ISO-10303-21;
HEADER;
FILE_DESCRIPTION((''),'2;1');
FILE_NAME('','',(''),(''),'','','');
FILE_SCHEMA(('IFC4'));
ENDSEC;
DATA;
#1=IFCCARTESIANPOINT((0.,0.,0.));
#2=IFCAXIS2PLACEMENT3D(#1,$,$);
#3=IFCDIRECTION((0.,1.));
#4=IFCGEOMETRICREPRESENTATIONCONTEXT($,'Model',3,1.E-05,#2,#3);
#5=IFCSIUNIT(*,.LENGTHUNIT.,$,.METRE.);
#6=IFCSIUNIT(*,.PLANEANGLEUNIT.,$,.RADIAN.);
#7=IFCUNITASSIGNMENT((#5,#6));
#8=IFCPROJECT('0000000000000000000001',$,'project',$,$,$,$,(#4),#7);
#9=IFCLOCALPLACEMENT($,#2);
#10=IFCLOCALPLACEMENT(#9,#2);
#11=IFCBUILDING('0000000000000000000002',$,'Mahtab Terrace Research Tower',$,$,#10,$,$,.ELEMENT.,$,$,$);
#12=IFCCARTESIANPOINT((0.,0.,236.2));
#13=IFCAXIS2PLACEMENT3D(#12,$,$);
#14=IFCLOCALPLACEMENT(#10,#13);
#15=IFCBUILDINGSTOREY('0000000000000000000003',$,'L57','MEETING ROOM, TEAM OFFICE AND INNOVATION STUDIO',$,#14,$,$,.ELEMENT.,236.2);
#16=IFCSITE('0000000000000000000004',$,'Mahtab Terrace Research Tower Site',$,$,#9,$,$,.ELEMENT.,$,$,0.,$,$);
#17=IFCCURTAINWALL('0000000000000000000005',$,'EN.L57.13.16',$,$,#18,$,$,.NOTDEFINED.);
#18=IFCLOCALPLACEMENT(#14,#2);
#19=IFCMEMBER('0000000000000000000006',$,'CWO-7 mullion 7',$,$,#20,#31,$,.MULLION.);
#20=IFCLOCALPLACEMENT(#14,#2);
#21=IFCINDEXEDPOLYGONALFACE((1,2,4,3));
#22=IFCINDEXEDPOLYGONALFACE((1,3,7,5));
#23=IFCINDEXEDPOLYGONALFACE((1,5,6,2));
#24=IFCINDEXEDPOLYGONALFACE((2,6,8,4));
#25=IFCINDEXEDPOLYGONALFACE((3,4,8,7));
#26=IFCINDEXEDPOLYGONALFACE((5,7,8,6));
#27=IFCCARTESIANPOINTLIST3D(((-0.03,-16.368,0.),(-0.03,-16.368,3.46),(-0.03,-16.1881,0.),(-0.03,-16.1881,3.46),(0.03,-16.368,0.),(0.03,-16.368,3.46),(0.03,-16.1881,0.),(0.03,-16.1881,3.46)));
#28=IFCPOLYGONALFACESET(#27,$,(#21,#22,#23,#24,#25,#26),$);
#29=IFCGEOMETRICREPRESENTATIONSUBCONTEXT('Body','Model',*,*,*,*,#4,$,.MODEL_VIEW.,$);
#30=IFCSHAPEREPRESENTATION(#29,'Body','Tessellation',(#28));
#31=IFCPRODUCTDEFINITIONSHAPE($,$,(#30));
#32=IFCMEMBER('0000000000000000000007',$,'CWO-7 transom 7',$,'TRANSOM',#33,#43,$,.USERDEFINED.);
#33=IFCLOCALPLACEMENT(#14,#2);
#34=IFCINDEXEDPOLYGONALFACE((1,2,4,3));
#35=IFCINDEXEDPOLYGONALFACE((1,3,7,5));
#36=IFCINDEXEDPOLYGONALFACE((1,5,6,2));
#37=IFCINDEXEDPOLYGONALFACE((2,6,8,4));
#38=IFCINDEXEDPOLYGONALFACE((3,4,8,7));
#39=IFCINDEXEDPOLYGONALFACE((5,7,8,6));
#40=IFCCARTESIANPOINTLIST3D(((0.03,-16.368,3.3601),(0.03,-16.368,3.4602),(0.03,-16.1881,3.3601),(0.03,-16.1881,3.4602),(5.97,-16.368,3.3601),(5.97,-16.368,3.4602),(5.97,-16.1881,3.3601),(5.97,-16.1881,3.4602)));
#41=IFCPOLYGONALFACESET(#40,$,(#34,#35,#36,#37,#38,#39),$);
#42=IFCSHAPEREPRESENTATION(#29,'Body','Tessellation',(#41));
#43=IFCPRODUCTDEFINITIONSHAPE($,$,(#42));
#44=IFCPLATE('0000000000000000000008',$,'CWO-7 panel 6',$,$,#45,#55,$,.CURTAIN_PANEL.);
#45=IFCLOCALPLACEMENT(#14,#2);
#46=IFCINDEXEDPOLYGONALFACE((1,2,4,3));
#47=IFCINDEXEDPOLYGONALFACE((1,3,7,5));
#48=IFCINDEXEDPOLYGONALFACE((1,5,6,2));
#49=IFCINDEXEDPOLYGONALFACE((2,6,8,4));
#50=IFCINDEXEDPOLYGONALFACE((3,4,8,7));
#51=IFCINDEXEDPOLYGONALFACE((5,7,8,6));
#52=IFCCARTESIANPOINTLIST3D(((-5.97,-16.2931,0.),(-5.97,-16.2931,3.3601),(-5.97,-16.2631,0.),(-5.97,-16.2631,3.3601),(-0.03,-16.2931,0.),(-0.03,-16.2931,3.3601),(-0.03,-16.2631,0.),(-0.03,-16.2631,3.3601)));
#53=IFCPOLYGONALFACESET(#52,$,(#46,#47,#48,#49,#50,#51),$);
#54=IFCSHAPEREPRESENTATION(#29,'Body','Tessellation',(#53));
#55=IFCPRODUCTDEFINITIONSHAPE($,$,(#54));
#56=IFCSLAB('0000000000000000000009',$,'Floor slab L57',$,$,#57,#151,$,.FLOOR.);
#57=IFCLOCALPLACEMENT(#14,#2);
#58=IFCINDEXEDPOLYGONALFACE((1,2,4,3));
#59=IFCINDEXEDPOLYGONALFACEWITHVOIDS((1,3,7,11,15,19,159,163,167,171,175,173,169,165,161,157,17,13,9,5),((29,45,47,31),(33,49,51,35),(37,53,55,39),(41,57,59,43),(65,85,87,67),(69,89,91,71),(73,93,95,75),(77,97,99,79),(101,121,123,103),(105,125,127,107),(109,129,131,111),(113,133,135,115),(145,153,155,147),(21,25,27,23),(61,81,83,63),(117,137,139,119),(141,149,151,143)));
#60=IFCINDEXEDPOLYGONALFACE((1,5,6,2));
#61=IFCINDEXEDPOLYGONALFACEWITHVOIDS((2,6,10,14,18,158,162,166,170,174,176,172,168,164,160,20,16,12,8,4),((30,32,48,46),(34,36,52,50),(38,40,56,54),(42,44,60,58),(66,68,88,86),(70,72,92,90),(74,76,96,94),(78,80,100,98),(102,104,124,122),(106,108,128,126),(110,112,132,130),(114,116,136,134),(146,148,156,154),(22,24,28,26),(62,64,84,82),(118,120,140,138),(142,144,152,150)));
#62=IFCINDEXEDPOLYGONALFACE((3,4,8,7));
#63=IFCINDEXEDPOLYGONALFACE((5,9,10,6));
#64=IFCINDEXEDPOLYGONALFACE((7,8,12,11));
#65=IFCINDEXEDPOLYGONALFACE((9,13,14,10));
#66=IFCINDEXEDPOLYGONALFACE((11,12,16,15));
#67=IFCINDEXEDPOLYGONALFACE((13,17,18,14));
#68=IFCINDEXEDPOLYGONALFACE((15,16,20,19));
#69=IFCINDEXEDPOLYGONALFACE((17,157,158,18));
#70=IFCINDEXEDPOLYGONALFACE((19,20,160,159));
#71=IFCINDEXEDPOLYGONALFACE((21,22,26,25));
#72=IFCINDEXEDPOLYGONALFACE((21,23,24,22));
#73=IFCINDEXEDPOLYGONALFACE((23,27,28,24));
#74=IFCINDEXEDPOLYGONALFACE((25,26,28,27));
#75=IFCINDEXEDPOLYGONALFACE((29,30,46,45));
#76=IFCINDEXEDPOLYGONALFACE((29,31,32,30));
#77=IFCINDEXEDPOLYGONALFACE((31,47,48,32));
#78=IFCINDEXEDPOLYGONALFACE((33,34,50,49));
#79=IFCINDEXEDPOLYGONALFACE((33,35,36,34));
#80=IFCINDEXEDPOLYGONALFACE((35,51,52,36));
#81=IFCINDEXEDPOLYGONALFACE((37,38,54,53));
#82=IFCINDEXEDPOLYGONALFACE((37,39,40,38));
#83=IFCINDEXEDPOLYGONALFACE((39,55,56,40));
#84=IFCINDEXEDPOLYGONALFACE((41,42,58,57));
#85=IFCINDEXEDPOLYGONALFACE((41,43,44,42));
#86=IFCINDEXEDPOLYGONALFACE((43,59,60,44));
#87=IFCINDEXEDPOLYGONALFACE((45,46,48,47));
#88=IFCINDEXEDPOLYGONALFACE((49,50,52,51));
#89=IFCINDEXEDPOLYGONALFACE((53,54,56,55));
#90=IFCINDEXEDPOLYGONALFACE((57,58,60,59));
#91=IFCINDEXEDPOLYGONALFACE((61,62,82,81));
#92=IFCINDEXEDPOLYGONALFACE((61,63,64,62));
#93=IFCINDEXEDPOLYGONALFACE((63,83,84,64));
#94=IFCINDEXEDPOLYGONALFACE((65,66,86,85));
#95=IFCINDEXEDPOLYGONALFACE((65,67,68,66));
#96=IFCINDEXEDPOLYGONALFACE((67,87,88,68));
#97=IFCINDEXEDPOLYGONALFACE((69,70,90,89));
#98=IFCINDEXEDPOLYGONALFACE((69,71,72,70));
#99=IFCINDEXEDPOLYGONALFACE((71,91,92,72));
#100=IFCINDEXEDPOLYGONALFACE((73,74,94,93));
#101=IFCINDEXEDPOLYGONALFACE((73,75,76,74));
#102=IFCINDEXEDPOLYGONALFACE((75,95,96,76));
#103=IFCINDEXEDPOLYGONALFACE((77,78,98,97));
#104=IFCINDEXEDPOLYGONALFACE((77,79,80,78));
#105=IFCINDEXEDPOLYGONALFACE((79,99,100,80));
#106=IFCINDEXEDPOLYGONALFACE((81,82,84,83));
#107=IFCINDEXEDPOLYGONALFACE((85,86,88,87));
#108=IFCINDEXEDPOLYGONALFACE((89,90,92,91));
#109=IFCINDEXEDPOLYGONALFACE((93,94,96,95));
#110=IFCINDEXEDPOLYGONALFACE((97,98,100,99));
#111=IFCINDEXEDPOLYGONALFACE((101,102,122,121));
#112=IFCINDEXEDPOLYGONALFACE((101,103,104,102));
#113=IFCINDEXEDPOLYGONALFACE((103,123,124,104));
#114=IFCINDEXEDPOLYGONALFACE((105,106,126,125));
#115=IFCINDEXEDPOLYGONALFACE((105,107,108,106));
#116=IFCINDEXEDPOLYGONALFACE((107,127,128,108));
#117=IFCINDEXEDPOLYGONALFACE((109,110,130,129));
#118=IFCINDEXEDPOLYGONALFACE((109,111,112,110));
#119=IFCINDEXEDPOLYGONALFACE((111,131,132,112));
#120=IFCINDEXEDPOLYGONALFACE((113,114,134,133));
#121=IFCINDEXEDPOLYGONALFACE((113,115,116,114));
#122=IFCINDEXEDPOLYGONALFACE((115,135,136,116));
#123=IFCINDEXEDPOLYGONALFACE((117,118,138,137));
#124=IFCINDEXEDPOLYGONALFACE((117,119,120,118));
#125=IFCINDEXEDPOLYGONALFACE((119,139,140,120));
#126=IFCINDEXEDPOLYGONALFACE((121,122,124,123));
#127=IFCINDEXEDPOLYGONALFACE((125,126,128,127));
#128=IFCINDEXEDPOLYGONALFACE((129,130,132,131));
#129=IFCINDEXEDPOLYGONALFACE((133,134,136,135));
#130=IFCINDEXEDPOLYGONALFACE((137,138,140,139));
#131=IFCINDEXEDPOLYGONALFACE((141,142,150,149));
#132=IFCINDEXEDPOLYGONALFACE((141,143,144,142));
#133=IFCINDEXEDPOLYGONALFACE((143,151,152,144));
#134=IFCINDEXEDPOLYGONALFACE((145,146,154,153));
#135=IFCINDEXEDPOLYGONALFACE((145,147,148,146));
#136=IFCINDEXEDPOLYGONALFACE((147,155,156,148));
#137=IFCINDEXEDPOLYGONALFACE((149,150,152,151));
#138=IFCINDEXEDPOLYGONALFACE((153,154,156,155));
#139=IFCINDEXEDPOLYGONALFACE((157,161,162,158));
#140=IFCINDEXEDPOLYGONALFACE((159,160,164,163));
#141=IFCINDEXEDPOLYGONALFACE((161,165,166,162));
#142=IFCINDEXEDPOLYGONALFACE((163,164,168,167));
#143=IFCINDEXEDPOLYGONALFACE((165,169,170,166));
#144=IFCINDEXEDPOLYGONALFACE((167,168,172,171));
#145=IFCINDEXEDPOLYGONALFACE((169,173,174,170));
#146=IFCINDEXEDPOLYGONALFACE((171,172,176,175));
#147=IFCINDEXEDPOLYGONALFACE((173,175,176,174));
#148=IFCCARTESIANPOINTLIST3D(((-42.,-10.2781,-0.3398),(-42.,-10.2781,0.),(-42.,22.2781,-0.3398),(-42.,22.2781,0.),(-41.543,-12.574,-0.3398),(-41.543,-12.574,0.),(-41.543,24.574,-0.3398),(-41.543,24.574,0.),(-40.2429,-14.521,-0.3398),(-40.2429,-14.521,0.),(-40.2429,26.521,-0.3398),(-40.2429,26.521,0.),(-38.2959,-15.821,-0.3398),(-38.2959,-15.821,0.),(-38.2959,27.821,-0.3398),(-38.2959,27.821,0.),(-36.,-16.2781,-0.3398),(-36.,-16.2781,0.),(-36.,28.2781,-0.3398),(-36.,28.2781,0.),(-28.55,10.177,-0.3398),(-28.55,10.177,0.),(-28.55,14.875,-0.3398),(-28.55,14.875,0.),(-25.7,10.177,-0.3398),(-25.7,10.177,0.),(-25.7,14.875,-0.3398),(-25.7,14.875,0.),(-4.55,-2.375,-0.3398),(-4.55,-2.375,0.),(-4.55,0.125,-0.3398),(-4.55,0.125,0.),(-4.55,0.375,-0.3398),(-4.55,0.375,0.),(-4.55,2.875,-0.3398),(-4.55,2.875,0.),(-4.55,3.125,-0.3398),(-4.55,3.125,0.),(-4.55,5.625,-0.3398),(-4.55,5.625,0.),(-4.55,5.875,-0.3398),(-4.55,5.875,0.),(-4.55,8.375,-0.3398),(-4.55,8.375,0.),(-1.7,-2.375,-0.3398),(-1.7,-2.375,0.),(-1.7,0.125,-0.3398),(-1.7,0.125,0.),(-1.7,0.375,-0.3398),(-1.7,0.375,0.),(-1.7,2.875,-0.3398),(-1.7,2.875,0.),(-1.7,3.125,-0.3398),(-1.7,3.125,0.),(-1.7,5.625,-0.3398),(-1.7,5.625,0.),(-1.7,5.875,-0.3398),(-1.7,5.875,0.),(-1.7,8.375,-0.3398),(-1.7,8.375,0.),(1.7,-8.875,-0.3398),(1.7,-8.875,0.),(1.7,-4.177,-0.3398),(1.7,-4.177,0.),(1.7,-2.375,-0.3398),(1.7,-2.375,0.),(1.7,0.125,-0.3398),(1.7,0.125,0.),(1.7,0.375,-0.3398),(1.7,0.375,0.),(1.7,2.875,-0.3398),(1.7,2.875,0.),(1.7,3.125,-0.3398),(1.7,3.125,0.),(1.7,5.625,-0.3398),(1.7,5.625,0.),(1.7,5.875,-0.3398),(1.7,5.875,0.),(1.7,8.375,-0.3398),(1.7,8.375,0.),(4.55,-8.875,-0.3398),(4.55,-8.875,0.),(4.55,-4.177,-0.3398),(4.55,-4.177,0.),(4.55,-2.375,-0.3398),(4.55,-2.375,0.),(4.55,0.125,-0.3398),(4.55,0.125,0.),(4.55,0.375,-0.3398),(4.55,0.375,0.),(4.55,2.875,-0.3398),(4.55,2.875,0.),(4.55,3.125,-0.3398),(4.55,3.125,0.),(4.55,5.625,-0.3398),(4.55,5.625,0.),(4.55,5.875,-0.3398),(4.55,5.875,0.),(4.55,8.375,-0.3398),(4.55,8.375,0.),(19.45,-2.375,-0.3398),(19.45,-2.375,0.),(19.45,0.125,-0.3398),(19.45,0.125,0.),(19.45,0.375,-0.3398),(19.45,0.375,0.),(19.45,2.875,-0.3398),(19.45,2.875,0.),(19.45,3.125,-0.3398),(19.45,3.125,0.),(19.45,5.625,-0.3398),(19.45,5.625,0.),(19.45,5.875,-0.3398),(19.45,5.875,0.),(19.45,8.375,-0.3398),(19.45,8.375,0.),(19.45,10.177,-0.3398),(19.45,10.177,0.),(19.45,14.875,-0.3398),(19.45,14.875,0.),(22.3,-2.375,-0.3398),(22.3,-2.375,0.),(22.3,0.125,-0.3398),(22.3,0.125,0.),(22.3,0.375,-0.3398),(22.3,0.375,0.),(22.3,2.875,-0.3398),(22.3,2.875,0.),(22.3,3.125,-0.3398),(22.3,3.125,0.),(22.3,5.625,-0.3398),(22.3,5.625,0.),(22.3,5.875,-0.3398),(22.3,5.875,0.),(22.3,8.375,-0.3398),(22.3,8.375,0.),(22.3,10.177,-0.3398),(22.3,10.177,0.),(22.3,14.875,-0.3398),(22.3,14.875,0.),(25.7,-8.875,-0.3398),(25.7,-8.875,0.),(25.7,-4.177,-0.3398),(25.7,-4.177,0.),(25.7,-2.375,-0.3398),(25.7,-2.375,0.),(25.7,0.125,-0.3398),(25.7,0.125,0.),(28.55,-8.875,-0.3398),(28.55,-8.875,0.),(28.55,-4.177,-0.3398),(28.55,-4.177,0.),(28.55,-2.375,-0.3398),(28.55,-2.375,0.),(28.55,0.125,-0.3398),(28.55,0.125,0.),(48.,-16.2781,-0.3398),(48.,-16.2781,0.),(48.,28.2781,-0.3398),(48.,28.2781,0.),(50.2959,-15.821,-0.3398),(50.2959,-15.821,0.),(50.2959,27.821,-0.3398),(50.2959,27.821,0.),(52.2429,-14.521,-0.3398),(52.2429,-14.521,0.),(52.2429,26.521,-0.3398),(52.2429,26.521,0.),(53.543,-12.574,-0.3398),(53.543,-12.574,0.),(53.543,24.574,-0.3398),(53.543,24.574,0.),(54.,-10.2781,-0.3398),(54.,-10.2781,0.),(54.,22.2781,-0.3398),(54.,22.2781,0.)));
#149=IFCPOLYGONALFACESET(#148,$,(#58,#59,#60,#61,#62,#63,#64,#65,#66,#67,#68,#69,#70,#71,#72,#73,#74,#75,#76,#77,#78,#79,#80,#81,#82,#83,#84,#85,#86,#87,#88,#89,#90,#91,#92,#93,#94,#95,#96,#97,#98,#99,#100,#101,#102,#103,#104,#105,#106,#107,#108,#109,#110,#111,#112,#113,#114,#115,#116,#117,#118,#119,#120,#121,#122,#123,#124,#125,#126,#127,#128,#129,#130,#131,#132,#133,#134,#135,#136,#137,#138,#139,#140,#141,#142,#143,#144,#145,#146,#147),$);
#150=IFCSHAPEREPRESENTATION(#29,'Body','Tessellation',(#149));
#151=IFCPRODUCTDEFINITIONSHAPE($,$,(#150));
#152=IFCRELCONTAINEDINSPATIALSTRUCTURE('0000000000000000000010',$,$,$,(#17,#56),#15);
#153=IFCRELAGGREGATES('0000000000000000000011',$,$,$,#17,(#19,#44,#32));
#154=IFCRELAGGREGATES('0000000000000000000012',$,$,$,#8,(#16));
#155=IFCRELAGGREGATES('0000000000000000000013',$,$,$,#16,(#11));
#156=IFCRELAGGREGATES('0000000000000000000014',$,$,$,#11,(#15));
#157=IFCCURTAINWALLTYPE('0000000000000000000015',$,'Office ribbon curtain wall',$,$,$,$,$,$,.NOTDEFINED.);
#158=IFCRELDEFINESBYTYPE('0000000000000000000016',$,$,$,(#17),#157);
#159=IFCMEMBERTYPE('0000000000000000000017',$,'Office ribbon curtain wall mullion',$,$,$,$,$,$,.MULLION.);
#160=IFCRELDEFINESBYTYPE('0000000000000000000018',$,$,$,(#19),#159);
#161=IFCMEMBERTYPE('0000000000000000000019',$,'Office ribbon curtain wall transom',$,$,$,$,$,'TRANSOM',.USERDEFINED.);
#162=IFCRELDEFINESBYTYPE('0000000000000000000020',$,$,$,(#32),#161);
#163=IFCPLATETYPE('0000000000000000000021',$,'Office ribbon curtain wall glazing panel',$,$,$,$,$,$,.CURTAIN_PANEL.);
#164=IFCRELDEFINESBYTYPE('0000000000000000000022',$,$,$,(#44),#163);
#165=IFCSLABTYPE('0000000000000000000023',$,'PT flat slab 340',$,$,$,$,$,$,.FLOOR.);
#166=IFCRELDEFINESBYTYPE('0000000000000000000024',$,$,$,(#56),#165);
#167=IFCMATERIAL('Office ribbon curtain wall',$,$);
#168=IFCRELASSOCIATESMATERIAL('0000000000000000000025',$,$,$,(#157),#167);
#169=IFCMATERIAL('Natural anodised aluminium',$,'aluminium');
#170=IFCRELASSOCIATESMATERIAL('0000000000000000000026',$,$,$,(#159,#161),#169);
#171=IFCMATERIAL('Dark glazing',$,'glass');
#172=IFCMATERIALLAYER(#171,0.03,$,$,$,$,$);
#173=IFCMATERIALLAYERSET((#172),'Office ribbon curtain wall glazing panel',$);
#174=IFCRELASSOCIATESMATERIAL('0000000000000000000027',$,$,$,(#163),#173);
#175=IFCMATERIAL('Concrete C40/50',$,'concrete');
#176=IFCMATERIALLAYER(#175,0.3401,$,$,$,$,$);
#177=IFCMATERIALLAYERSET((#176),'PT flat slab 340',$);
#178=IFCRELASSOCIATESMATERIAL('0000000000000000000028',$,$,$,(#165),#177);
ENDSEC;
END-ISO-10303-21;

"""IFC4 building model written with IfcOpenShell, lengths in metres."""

from ifc_helpers import new_model, si_unit, direction, frame, origin, origin_2d, place, context, subcontext, project, spatial, polyline, rectangle, outline, extrude, material, layer, layer_set, material_profile, profile_set, type_object, element, aggregate, save


model = new_model("IFC4")

# Units and contexts
model_context = context("Model", 3, precision=1e-05, world=origin(), true_north=direction((0.0, 1.0)))
body_context = subcontext(model_context, "Body", "Model", "MODEL_VIEW")
ifc_project = project(units=[si_unit("LENGTHUNIT", "METRE"), si_unit("PLANEANGLEUNIT", "RADIAN")], contexts=[model_context])

# Site, building, storey
site_placement = place(None, origin())
site = spatial("IfcSite", under=ifc_project, at=site_placement, Name="Mahtab Terrace Research Tower Site", CompositionType="ELEMENT", RefElevation=0.0)
building_placement = place(site_placement, origin())
building = spatial("IfcBuilding", under=site, at=building_placement, Name="Mahtab Terrace Research Tower", CompositionType="ELEMENT")
storey_placement = place(building_placement, frame((0.0, 0.0, 236.2)))
storey = spatial("IfcBuildingStorey", under=building, at=storey_placement, Name="L57", Description="MEETING ROOM, TEAM OFFICE AND INNOVATION STUDIO", CompositionType="ELEMENT", Elevation=236.2)

# Curtain wall, members, plate
ifc_material_1 = material(Name="Office ribbon curtain wall")
curtain_wall_type = type_object("IfcCurtainWallType", Name="Office ribbon curtain wall", PredefinedType="NOTDEFINED", material=ifc_material_1)
curtain_wall_placement = place(storey_placement, origin())
curtain_wall = element("IfcCurtainWall", 1, at=curtain_wall_placement, inside=storey, type_object=curtain_wall_type, Name="EN.L57.13.16", PredefinedType="NOTDEFINED")
ifc_material_2 = material(Name="Natural anodised aluminium", Category="aluminium")
ifc_material_profile_1 = material_profile(ifc_material_2, rectangle(XDim=0.1799, YDim=0.0601, at=origin_2d()), Name="MULLION 60x180")
ifc_profile_set_1 = profile_set([ifc_material_profile_1], Name="Natural anodised aluminium")
member_type_1 = type_object("IfcMemberType", Name="Office ribbon curtain wall mullion", PredefinedType="MULLION", material=ifc_profile_set_1)
member_1_placement = place(storey_placement, frame((0.0, -16.2781, 0.0), z_axis=(0.0, 0.0, 1.0), x_axis=(0.0, 1.0, 0.0)))
member_1 = element("IfcMember", 2, at=member_1_placement, type_object=member_type_1, Name="CWO-7 mullion 7", PredefinedType="MULLION", context=body_context, shape_type="SweptSolid", body=[
    extrude(rectangle(XDim=0.1799, YDim=0.0601, at=origin_2d()), origin(), (0.0, 0.0, 1.0), 3.46),
])
ifc_material_profile_2 = material_profile(ifc_material_2, rectangle(XDim=0.1799, YDim=0.1001, at=origin_2d()), Name="TRANSOM 100x180")
ifc_profile_set_2 = profile_set([ifc_material_profile_2], Name="Natural anodised aluminium")
member_type_2 = type_object("IfcMemberType", Name="Office ribbon curtain wall transom", ElementType="TRANSOM", PredefinedType="USERDEFINED", material=ifc_profile_set_2)
member_2_placement = place(storey_placement, frame((0.03, -16.2781, 3.4102), z_axis=(1.0, 0.0, 0.0), x_axis=(0.0, 1.0, 0.0)))
member_2 = element("IfcMember", 3, at=member_2_placement, type_object=member_type_2, Name="CWO-7 transom 7", ObjectType="TRANSOM", PredefinedType="USERDEFINED", context=body_context, shape_type="SweptSolid", body=[
    extrude(rectangle(XDim=0.1799, YDim=0.1001, at=origin_2d()), origin(), (0.0, 0.0, 1.0), 5.9399),
])
ifc_material_3 = material(Name="Dark glazing", Category="glass")
ifc_layer_1 = layer(ifc_material_3, 0.03)
ifc_layer_set_1 = layer_set([ifc_layer_1], Name="Office ribbon curtain wall glazing panel")
plate_type = type_object("IfcPlateType", Name="Office ribbon curtain wall glazing panel", PredefinedType="CURTAIN_PANEL", material=ifc_layer_set_1)
plate_placement = place(storey_placement, frame((-3.0, -16.2781, 0.0), z_axis=(0.0, 0.0, 1.0), x_axis=(1.0, 0.0, 0.0)))
plate = element("IfcPlate", 4, at=plate_placement, type_object=plate_type, Name="CWO-7 panel 6", PredefinedType="CURTAIN_PANEL", context=body_context, shape_type="SweptSolid", body=[
    extrude(rectangle(XDim=5.9399, YDim=0.03, at=origin_2d()), origin(), (0.0, 0.0, 1.0), 3.3601),
])
aggregate(curtain_wall, [member_1, plate, member_2])

# Slab
ifc_material_4 = material(Name="Concrete C40/50", Category="concrete")
ifc_layer_2 = layer(ifc_material_4, 0.3401)
ifc_layer_set_2 = layer_set([ifc_layer_2], Name="PT flat slab 340")
slab_type = type_object("IfcSlabType", Name="PT flat slab 340", PredefinedType="FLOOR", material=ifc_layer_set_2)
slab_placement = place(storey_placement, frame((0.0, 0.0, -0.3398)))
element("IfcSlab", 5, at=slab_placement, inside=storey, type_object=slab_type, Name="Floor slab L57", PredefinedType="FLOOR", context=body_context, shape_type="SweptSolid", body=[
    extrude(outline(polyline([(53.543, 24.574), (52.2429, 26.521), (50.2959, 27.821), (48.0, 28.2781), (-36.0, 28.2781), (-38.2959, 27.821), (-40.2429, 26.521), (-41.543, 24.574), (-42.0, 22.2781), (-42.0, -10.2781), (-41.543, -12.574), (-40.2429, -14.521), (-38.2959, -15.821), (-36.0, -16.2781), (48.0, -16.2781), (50.2959, -15.821), (52.2429, -14.521), (53.543, -12.574), (54.0, -10.2781), (54.0, 22.2781), (53.543, 24.574)]), holes=[polyline([(-4.55, -2.375), (-4.55, 0.125), (-1.7, 0.125), (-1.7, -2.375), (-4.55, -2.375)]), polyline([(1.7, -2.375), (1.7, 0.125), (4.55, 0.125), (4.55, -2.375), (1.7, -2.375)]), polyline([(-4.55, 0.375), (-4.55, 2.875), (-1.7, 2.875), (-1.7, 0.375), (-4.55, 0.375)]), polyline([(1.7, 0.375), (1.7, 2.875), (4.55, 2.875), (4.55, 0.375), (1.7, 0.375)]), polyline([(-4.55, 3.125), (-4.55, 5.625), (-1.7, 5.625), (-1.7, 3.125), (-4.55, 3.125)]), polyline([(1.7, 3.125), (1.7, 5.625), (4.55, 5.625), (4.55, 3.125), (1.7, 3.125)]), polyline([(-4.55, 5.875), (-4.55, 8.375), (-1.7, 8.375), (-1.7, 5.875), (-4.55, 5.875)]), polyline([(1.7, 5.875), (1.7, 8.375), (4.55, 8.375), (4.55, 5.875), (1.7, 5.875)]), polyline([(-28.55, 10.177), (-28.55, 14.875), (-25.7, 14.875), (-25.7, 10.177), (-28.55, 10.177)]), polyline([(1.7, -8.875), (1.7, -4.177), (4.55, -4.177), (4.55, -8.875), (1.7, -8.875)]), polyline([(25.7, -8.875), (25.7, -4.177), (28.55, -4.177), (28.55, -8.875), (25.7, -8.875)]), polyline([(19.45, -2.375), (19.45, 0.125), (22.3, 0.125), (22.3, -2.375), (19.45, -2.375)]), polyline([(25.7, -2.375), (25.7, 0.125), (28.55, 0.125), (28.55, -2.375), (25.7, -2.375)]), polyline([(19.45, 0.375), (19.45, 2.875), (22.3, 2.875), (22.3, 0.375), (19.45, 0.375)]), polyline([(19.45, 3.125), (19.45, 5.625), (22.3, 5.625), (22.3, 3.125), (19.45, 3.125)]), polyline([(19.45, 8.375), (22.3, 8.375), (22.3, 5.875), (19.45, 5.875), (19.45, 8.375)]), polyline([(19.45, 14.875), (22.3, 14.875), (22.3, 10.177), (19.45, 10.177), (19.45, 14.875)])]), origin(), (0.0, 0.0, 1.0), 0.3398),
])

save(model, "model.ifc")
